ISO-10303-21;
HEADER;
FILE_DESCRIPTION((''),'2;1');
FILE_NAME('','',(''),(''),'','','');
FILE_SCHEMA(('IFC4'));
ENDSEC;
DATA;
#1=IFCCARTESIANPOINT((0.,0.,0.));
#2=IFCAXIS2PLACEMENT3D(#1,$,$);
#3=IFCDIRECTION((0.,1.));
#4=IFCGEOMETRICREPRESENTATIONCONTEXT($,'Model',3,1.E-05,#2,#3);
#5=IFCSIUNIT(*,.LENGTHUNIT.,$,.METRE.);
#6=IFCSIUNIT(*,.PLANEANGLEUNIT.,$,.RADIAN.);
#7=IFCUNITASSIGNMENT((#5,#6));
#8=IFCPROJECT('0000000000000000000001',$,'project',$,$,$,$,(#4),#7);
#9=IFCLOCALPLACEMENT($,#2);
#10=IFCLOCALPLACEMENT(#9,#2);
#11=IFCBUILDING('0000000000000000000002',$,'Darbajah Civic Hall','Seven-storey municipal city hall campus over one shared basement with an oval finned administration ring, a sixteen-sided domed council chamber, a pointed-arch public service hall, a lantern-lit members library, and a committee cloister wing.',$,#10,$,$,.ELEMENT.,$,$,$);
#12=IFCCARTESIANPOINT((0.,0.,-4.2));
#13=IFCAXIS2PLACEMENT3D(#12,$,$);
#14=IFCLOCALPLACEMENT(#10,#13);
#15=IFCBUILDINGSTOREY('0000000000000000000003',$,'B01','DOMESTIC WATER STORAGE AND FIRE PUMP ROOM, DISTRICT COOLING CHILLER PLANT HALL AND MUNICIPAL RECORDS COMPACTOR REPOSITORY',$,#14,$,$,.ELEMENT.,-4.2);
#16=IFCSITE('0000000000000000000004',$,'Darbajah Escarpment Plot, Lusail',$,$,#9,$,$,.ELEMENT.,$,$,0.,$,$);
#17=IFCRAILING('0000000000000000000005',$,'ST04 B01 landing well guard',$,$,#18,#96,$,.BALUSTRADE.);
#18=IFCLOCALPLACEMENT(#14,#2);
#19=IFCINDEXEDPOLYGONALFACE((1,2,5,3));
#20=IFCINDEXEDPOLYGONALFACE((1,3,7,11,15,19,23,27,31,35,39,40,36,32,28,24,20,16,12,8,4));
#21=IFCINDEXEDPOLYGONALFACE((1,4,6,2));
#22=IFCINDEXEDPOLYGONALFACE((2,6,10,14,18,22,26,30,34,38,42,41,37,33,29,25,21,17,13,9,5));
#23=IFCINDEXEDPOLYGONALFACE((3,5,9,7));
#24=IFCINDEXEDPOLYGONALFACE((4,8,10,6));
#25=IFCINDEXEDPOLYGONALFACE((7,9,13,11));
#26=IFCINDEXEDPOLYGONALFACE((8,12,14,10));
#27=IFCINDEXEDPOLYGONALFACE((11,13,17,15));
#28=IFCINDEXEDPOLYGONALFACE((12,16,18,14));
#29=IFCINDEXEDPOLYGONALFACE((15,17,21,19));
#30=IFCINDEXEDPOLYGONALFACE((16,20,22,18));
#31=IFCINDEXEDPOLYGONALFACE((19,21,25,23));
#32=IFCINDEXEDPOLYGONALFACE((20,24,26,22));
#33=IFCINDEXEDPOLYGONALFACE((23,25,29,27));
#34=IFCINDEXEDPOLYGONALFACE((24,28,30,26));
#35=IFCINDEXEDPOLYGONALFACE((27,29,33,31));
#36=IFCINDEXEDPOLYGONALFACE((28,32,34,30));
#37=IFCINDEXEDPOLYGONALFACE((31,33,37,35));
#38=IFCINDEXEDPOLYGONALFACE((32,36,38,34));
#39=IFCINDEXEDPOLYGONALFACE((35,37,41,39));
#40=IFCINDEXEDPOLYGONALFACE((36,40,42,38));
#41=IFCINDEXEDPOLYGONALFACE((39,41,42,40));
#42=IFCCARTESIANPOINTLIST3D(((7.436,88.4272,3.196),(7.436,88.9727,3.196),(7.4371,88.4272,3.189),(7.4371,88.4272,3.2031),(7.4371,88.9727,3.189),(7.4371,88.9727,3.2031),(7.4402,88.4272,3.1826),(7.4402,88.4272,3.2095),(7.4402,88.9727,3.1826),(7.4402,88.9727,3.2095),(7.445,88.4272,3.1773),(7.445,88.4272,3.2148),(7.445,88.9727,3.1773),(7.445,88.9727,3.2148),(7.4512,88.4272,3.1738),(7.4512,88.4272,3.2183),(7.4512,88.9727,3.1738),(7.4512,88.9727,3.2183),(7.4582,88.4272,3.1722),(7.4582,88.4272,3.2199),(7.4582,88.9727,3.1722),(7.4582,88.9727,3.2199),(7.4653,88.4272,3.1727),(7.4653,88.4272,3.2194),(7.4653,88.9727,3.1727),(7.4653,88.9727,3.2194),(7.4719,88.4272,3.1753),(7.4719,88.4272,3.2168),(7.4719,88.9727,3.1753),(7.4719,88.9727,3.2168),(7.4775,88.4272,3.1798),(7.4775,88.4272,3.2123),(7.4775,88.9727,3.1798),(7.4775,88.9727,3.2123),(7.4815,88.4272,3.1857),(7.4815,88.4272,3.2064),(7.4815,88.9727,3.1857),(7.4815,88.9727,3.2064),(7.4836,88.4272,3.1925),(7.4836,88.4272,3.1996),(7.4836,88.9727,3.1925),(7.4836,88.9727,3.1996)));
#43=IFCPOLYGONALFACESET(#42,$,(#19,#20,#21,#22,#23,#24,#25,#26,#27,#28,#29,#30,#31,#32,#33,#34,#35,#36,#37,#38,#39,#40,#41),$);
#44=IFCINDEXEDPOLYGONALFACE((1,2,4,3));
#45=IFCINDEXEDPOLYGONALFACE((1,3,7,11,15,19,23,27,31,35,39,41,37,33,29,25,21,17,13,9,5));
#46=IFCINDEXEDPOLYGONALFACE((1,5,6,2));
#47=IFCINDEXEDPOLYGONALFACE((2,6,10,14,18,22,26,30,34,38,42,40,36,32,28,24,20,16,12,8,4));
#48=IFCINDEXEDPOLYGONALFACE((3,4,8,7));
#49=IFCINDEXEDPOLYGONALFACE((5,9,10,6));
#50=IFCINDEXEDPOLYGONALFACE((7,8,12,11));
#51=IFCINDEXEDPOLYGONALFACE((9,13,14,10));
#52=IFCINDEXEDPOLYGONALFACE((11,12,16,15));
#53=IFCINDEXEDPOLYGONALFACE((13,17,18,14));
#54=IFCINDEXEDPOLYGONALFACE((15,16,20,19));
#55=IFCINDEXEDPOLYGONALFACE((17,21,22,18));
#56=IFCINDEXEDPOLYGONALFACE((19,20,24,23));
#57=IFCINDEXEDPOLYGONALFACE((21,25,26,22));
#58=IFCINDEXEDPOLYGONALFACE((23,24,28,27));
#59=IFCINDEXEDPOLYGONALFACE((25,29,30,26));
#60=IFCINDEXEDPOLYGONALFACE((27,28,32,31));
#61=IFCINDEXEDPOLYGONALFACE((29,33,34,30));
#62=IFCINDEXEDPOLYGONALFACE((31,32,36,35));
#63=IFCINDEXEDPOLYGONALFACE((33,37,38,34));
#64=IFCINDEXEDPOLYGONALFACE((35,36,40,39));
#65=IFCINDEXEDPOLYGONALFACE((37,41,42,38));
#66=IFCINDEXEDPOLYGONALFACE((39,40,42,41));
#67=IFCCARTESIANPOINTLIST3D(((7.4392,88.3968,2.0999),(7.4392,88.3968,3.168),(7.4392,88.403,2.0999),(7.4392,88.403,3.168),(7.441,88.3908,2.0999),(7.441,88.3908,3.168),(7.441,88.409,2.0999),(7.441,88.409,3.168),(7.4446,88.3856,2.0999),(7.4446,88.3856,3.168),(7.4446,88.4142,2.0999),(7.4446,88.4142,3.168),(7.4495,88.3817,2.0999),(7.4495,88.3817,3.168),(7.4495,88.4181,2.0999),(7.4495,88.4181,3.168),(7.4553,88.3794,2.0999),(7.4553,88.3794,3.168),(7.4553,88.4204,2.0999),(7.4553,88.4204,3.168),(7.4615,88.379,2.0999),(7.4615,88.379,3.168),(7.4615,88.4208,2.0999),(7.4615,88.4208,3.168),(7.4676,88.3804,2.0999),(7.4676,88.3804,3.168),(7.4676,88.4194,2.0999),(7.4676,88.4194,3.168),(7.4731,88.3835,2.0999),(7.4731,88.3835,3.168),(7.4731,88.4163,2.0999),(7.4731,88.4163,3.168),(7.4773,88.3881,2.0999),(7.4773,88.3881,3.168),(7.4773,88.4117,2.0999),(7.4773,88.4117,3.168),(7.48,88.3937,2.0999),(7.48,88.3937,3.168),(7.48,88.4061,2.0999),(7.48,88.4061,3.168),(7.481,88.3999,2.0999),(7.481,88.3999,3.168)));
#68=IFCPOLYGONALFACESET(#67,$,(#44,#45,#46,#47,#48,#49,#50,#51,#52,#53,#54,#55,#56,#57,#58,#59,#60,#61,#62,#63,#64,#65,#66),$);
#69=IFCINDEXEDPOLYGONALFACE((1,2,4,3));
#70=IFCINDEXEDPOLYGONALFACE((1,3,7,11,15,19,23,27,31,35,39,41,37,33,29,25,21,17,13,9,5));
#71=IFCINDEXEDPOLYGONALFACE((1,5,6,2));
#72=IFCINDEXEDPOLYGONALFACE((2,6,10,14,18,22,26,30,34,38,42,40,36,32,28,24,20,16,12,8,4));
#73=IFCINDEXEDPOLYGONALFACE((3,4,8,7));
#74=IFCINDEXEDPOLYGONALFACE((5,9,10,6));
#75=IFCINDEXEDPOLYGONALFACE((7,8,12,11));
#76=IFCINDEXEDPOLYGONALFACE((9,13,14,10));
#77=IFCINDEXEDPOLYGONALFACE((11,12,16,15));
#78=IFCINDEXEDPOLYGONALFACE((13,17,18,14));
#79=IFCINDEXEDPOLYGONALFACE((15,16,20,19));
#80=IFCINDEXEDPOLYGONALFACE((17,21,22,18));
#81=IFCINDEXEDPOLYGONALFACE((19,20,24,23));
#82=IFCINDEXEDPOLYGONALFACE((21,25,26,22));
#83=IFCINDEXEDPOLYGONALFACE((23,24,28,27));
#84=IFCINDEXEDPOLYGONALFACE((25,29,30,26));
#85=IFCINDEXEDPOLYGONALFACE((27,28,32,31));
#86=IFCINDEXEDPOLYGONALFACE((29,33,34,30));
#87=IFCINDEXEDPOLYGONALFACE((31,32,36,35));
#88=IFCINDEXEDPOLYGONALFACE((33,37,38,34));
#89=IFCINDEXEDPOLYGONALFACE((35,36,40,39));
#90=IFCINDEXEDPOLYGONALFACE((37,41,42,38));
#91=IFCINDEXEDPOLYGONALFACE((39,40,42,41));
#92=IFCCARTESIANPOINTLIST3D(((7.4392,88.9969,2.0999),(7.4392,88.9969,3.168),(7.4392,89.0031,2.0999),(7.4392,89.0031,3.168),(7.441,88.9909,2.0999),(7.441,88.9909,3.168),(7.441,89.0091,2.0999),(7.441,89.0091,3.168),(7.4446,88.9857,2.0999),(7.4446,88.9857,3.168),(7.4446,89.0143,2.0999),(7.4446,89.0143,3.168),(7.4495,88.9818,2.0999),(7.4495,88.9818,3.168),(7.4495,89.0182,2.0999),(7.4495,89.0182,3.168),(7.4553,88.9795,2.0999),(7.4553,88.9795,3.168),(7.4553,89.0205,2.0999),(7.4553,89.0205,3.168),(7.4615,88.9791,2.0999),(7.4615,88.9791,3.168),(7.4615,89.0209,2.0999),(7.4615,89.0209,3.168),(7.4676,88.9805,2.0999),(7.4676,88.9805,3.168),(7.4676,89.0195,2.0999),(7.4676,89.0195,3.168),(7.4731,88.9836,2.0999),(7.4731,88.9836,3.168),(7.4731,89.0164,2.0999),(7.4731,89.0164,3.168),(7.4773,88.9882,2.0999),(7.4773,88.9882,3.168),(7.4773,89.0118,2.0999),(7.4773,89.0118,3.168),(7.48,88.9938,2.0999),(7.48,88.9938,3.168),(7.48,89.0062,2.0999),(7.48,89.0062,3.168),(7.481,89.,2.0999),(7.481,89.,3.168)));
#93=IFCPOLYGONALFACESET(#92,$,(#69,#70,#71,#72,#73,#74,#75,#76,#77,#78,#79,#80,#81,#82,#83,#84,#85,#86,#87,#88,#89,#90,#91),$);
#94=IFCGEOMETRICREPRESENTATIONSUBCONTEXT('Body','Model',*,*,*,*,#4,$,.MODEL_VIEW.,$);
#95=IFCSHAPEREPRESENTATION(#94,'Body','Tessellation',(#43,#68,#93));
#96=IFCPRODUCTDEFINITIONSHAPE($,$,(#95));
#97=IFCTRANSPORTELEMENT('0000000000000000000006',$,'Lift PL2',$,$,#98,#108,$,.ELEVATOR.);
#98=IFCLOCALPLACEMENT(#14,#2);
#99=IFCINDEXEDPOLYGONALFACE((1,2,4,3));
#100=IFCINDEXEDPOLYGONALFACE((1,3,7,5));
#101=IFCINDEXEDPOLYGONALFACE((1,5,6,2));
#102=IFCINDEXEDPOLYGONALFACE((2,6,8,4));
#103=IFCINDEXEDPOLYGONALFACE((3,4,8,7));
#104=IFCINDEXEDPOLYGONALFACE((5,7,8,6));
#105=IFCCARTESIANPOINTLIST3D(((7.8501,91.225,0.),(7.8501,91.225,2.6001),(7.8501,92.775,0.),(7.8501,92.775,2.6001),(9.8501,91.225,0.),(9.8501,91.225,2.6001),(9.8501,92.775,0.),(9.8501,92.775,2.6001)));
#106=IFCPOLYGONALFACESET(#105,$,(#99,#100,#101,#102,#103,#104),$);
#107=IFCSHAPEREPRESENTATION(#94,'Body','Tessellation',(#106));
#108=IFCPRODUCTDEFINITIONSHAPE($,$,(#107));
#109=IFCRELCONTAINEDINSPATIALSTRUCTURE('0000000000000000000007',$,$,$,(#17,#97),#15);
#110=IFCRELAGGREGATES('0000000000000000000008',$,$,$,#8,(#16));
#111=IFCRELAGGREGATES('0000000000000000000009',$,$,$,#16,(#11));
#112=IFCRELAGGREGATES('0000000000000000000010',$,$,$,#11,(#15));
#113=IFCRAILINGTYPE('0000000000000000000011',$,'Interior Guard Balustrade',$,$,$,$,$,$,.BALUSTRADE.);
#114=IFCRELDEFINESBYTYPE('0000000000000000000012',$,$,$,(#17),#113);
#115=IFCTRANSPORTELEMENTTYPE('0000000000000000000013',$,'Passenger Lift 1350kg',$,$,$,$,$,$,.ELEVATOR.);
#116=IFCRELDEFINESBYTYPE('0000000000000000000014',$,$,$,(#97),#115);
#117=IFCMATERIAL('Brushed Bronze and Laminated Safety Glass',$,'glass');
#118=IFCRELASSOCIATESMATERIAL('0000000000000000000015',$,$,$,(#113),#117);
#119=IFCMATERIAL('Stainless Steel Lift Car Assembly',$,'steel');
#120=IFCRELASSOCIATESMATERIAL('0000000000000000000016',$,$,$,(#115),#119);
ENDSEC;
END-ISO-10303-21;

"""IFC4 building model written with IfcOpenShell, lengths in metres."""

from ifc_helpers import new_model, si_unit, direction, frame, origin, origin_2d, place, context, subcontext, project, spatial, rectangle, circle, extrude, material, type_object, element, save


model = new_model("IFC4")

# Units and contexts
model_context = context("Model", 3, precision=1e-05, world=origin(), true_north=direction((0.0, 1.0)))
body_context = subcontext(model_context, "Body", "Model", "MODEL_VIEW")
ifc_project = project(units=[si_unit("LENGTHUNIT", "METRE"), si_unit("PLANEANGLEUNIT", "RADIAN")], contexts=[model_context])

# Site, building, storey
site_placement = place(None, origin())
site = spatial("IfcSite", under=ifc_project, at=site_placement, Name="Darbajah Escarpment Plot, Lusail", CompositionType="ELEMENT", RefElevation=0.0)
building_placement = place(site_placement, origin())
building = spatial("IfcBuilding", under=site, at=building_placement, Name="Darbajah Civic Hall", Description="Seven-storey municipal city hall campus over one shared basement with an oval finned administration ring, a sixteen-sided domed council chamber, a pointed-arch public service hall, a lantern-lit members library, and a committee cloister wing.", CompositionType="ELEMENT")
storey_placement = place(building_placement, frame((0.0, 0.0, -4.2)))
storey = spatial("IfcBuildingStorey", under=building, at=storey_placement, Name="B01", Description="DOMESTIC WATER STORAGE AND FIRE PUMP ROOM, DISTRICT COOLING CHILLER PLANT HALL AND MUNICIPAL RECORDS COMPACTOR REPOSITORY", CompositionType="ELEMENT", Elevation=-4.2)

# Railing
ifc_material_1 = material(Name="Brushed Bronze and Laminated Safety Glass", Category="glass")
railing_type_1 = type_object("IfcRailingType", Name="Interior Guard Balustrade", PredefinedType="BALUSTRADE", material=ifc_material_1)
railing_1_placement = place(storey_placement, frame((7.46, 88.3999, 2.0999)))
element("IfcRailing", 1, at=railing_1_placement, inside=storey, type_object=railing_type_1, Name="ST04 B01 landing well guard", PredefinedType="BALUSTRADE", context=body_context, shape_type="SweptSolid", body=[
    extrude(circle(Radius=0.0239, at=origin_2d()), frame((0.0, 0.0273, 1.0962), z_axis=(0.0, 1.0, 0.0), x_axis=(-1.0, 0.0, 0.0)), (0.0, 0.0, 1.0), 0.5454),
    extrude(circle(Radius=0.021, at=origin_2d()), origin(), (0.0, 0.0, 1.0), 1.0681),
    extrude(circle(Radius=0.021, at=origin_2d()), frame((0.0, 0.6001, 0.0)), (0.0, 0.0, 1.0), 1.0681),
])

# Transport element
ifc_material_2 = material(Name="Stainless Steel Lift Car Assembly", Category="steel")
transport_element_type = type_object("IfcTransportElementType", Name="Passenger Lift 1350kg", PredefinedType="ELEVATOR", material=ifc_material_2)
transport_element_placement = place(storey_placement, frame((8.8501, 92.0, 0.0), z_axis=(0.0, 0.0, 1.0), x_axis=(1.0, 0.0, 0.0)))
element("IfcTransportElement", 2, at=transport_element_placement, inside=storey, type_object=transport_element_type, Name="Lift PL2", PredefinedType="ELEVATOR", context=body_context, shape_type="SweptSolid", body=[
    extrude(rectangle(XDim=2.0, YDim=1.55, at=origin_2d()), origin(), (0.0, 0.0, 1.0), 2.6001),
])

save(model, "model.ifc")
